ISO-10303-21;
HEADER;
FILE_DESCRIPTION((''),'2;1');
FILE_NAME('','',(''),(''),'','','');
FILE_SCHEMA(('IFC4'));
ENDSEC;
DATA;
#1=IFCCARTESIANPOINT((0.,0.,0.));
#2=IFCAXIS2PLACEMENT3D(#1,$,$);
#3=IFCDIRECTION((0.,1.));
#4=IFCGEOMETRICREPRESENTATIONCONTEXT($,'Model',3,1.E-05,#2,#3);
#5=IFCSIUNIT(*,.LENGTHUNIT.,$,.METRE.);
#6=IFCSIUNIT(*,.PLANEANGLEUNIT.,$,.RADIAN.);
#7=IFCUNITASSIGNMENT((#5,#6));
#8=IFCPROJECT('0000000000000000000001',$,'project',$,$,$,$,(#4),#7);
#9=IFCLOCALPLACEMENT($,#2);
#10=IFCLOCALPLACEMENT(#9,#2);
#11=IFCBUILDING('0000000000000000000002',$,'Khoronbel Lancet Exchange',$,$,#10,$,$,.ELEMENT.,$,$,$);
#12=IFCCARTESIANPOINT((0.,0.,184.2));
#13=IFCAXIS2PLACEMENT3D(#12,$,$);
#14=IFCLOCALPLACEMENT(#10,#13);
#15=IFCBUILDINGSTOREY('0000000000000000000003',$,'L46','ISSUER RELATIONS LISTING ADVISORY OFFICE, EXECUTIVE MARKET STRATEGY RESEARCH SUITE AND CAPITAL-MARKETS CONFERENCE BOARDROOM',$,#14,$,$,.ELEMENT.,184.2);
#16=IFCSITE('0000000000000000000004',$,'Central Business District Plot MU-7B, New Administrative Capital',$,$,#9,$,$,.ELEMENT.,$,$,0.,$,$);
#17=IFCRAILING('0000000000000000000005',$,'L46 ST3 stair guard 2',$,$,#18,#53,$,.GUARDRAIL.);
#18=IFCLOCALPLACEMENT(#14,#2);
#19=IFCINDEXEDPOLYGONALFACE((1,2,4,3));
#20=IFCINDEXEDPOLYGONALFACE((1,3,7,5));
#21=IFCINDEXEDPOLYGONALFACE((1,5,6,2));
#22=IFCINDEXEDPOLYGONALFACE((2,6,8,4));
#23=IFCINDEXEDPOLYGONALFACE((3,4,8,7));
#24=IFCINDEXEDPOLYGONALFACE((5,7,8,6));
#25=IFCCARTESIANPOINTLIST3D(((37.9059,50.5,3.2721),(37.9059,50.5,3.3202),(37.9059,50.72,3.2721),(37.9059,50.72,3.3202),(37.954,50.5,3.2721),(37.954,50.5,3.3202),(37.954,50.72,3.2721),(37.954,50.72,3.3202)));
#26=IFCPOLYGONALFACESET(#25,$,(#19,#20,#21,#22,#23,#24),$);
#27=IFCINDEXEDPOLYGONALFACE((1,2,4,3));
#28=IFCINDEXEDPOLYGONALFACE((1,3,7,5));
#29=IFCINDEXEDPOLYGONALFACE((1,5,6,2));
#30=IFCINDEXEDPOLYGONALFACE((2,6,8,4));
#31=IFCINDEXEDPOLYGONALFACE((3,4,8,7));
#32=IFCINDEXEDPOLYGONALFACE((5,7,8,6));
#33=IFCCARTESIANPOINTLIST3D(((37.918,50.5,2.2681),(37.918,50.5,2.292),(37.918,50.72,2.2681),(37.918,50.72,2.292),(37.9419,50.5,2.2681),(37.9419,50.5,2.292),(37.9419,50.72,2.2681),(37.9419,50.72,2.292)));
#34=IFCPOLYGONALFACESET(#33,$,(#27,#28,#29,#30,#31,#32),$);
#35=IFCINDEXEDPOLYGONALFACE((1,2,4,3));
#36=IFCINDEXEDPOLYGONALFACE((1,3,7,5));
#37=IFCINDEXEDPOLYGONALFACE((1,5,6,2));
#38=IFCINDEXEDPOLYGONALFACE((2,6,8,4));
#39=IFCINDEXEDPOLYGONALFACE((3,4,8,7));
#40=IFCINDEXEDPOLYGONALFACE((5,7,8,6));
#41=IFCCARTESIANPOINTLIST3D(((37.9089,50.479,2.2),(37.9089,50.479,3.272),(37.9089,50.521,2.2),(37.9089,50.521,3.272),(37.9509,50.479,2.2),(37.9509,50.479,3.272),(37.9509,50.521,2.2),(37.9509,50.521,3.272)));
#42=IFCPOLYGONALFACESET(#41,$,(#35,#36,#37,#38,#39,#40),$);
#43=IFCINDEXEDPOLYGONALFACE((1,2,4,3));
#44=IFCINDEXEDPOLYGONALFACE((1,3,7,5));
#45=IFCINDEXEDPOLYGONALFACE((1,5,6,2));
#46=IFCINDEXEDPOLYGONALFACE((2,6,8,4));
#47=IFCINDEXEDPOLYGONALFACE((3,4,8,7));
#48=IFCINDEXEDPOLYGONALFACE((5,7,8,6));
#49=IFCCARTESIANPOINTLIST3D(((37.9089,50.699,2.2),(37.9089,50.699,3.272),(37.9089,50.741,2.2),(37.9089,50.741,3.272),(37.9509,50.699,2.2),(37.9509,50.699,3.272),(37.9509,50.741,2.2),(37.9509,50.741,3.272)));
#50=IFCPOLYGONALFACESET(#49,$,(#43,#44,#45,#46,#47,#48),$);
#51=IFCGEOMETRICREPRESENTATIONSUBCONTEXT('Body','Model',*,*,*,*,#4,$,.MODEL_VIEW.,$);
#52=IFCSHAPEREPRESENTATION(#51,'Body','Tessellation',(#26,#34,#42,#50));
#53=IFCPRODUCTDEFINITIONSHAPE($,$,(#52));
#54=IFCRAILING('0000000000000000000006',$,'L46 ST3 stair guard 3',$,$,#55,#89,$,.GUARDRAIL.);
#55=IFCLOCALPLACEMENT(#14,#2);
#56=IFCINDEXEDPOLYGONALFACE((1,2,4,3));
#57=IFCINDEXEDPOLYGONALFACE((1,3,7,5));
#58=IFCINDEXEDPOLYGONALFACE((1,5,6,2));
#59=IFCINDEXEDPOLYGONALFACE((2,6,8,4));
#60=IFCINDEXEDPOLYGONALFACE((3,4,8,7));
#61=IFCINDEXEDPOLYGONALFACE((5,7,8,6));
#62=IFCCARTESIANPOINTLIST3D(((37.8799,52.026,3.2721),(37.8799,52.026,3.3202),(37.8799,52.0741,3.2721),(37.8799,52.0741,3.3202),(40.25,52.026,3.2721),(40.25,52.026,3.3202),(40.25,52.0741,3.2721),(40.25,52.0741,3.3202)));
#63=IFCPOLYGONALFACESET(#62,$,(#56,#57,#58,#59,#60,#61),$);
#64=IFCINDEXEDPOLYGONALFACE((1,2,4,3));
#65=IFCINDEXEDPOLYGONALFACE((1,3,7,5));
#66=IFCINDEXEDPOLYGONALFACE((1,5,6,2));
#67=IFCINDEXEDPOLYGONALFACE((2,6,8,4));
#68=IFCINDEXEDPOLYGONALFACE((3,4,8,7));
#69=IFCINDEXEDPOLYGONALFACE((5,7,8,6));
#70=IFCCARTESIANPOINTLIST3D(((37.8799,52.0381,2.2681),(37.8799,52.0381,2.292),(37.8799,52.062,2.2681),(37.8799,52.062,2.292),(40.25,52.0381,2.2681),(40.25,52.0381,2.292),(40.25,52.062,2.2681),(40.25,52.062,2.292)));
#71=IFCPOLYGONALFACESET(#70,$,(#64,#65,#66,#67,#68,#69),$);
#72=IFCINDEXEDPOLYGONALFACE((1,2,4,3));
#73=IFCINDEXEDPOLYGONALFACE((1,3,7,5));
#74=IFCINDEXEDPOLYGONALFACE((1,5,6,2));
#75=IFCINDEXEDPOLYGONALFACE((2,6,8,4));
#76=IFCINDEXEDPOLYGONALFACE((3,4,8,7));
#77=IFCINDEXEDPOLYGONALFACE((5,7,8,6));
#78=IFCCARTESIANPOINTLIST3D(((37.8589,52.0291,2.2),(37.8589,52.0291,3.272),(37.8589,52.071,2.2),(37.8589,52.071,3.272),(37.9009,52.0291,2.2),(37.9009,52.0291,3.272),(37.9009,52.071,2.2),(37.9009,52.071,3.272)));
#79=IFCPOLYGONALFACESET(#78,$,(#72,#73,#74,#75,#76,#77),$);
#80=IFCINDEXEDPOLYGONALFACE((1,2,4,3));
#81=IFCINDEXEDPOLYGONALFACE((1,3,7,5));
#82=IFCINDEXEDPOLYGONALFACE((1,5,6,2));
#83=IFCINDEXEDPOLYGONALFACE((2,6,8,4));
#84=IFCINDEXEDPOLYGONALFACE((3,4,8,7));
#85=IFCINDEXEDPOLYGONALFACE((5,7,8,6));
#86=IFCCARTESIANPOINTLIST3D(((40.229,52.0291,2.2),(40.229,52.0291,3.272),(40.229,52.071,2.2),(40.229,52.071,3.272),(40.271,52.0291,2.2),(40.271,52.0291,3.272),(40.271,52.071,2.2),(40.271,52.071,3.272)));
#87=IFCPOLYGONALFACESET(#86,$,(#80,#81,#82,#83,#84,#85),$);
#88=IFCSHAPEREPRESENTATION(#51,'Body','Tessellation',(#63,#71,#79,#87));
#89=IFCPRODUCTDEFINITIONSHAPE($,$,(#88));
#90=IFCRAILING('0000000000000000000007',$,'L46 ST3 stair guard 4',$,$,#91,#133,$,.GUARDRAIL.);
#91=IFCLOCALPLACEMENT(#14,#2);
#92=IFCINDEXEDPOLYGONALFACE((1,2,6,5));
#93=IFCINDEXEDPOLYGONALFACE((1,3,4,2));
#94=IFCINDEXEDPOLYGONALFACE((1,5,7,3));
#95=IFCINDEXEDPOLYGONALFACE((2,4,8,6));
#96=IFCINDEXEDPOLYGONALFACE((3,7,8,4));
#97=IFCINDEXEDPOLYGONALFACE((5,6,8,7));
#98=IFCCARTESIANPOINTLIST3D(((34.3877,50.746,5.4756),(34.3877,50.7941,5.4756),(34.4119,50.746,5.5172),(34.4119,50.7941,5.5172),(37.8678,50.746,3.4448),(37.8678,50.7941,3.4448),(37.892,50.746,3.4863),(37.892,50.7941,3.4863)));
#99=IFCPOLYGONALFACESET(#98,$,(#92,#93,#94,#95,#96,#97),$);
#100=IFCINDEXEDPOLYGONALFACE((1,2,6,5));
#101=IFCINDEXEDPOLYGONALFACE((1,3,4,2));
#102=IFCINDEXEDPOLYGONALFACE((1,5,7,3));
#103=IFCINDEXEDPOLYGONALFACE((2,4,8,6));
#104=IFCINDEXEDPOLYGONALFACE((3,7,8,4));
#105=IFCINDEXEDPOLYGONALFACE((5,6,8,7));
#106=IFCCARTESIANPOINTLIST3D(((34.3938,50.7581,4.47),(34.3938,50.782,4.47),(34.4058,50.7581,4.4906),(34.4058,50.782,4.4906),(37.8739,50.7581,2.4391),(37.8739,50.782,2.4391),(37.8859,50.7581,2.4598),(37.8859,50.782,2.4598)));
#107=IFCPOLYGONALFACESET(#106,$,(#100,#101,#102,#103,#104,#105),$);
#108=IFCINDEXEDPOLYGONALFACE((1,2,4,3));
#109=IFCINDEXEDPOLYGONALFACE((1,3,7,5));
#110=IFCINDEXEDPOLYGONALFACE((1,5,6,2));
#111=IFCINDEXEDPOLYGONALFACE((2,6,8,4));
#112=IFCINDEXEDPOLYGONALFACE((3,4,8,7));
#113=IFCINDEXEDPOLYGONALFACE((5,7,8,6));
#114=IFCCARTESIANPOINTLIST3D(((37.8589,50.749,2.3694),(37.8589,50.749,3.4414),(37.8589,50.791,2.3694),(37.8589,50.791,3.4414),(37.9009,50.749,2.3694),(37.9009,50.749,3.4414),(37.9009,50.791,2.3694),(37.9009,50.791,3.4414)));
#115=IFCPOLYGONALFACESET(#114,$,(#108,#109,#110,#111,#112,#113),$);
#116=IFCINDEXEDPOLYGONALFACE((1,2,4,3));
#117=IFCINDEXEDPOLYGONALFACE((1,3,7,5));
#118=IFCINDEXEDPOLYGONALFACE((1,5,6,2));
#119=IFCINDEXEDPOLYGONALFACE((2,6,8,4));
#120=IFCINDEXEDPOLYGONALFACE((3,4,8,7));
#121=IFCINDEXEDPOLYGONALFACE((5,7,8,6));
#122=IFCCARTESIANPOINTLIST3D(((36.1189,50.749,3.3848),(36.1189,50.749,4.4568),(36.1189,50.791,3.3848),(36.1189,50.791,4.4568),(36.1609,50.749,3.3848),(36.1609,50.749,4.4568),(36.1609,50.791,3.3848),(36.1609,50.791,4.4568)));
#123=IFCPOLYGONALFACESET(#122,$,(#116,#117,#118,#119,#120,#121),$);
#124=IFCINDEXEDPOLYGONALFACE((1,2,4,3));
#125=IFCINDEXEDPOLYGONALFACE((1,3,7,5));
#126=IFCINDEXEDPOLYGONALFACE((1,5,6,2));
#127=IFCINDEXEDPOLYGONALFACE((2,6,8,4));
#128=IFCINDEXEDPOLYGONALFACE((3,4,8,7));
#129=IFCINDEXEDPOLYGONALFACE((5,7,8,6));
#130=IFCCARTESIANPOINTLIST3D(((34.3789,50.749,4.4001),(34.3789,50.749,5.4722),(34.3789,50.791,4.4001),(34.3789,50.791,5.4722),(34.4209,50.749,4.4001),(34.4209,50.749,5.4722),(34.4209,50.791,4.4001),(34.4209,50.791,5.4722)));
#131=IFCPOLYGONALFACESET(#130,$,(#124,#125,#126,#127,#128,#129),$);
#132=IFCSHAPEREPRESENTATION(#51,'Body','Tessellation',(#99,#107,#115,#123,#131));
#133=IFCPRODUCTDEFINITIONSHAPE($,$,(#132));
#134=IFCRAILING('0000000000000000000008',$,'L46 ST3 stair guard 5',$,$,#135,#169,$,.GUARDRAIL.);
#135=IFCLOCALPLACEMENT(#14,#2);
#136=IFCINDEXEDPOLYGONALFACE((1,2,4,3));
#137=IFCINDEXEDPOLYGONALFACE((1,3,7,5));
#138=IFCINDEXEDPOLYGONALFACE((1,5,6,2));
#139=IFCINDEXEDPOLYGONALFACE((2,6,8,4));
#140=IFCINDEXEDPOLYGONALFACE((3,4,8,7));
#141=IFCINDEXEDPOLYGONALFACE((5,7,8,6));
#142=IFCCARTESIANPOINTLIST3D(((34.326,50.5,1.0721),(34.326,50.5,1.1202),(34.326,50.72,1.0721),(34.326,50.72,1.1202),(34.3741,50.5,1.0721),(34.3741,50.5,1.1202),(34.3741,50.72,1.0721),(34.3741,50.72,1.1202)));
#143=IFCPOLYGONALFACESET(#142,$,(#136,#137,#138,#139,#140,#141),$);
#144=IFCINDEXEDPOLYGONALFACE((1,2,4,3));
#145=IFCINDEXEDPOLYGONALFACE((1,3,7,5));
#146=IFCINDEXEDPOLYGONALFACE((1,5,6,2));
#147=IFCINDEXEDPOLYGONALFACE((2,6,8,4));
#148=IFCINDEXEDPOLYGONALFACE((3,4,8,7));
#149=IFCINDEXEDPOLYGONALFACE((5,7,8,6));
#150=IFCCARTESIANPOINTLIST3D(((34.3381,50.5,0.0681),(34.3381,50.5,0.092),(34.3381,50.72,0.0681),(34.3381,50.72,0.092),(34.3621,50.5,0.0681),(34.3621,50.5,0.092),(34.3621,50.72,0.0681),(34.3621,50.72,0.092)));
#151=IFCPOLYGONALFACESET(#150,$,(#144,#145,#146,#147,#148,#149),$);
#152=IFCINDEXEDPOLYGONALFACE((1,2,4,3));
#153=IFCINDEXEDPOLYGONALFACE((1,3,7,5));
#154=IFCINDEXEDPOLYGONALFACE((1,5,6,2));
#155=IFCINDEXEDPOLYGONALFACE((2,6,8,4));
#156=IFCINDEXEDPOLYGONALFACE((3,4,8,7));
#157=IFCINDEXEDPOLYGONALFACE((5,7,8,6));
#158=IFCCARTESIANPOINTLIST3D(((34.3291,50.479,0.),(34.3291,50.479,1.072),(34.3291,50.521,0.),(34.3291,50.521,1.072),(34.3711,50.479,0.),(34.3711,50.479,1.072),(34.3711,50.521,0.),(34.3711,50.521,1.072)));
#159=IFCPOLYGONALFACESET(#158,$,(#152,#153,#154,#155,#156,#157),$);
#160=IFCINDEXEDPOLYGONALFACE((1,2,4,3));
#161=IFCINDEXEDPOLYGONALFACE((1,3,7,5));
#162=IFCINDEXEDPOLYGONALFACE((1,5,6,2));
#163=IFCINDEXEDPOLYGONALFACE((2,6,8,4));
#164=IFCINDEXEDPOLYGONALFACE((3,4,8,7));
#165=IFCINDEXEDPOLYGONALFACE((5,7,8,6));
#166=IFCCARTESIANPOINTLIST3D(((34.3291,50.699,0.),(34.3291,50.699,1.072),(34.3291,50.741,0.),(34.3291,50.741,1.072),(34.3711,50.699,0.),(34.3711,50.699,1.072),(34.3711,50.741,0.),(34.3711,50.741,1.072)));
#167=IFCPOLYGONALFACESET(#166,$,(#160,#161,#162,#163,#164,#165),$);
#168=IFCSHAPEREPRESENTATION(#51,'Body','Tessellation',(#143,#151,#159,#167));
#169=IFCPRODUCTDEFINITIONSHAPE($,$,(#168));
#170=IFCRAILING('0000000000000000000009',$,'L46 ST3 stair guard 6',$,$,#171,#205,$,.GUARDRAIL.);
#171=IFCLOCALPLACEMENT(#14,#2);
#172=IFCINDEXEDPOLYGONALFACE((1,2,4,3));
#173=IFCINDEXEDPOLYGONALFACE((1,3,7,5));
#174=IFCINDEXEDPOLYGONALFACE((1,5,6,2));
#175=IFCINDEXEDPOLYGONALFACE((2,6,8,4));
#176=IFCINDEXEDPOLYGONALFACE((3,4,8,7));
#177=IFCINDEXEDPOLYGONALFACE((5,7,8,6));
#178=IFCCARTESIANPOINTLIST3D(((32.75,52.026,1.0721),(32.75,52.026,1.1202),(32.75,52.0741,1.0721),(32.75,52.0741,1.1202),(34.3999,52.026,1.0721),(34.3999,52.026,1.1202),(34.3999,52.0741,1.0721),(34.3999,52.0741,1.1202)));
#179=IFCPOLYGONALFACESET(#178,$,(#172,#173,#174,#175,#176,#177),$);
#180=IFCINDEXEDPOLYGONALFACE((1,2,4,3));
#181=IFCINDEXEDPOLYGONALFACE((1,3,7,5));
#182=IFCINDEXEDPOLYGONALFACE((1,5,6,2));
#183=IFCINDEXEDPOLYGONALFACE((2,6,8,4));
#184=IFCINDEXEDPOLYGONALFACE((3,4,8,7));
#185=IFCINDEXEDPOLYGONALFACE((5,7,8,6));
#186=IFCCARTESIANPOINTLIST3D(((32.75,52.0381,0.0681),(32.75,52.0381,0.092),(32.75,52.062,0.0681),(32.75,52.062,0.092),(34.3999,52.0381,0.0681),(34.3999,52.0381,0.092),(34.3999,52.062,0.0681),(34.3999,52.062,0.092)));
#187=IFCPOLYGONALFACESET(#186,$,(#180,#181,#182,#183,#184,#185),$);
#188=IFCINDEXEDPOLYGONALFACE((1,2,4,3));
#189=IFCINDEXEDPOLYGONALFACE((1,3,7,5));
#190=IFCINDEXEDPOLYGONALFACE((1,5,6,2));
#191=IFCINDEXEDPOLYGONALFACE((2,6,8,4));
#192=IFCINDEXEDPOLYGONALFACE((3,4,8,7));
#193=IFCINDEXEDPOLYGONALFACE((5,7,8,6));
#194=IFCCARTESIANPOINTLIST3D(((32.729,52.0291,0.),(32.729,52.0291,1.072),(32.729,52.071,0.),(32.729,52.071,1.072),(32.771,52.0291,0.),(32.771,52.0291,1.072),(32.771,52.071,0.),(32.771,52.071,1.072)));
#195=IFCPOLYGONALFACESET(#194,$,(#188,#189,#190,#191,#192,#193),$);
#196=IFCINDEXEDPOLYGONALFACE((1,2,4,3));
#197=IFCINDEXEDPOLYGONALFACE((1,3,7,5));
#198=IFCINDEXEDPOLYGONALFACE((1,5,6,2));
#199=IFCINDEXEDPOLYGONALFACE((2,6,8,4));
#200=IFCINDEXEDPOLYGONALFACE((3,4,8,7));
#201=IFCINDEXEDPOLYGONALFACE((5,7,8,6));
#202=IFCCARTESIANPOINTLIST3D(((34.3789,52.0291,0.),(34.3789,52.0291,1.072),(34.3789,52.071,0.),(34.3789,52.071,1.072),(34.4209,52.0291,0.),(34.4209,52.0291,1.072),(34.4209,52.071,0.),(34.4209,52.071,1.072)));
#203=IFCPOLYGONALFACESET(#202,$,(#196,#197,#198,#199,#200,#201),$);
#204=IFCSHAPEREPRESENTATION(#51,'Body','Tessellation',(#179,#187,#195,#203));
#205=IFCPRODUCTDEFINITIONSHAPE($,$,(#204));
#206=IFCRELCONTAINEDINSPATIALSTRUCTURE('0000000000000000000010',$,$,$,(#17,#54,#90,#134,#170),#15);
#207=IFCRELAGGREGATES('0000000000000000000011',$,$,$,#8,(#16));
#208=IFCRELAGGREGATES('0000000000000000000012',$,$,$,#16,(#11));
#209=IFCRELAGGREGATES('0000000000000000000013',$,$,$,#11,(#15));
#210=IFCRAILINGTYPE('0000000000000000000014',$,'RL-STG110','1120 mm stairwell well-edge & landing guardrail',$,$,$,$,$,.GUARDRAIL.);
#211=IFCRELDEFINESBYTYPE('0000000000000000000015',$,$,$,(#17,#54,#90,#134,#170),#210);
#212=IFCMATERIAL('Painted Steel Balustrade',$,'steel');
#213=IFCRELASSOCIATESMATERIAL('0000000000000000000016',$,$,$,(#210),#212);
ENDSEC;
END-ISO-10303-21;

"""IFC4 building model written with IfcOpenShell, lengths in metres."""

from ifc_helpers import new_model, si_unit, direction, frame, origin, origin_2d, place, context, subcontext, project, spatial, rectangle, extrude, material, type_object, element, save


model = new_model("IFC4")

# Units and contexts
model_context = context("Model", 3, precision=1e-05, world=origin(), true_north=direction((0.0, 1.0)))
body_context = subcontext(model_context, "Body", "Model", "MODEL_VIEW")
ifc_project = project(units=[si_unit("LENGTHUNIT", "METRE"), si_unit("PLANEANGLEUNIT", "RADIAN")], contexts=[model_context])

# Site, building, storey
site_placement = place(None, origin())
site = spatial("IfcSite", under=ifc_project, at=site_placement, Name="Central Business District Plot MU-7B, New Administrative Capital", CompositionType="ELEMENT", RefElevation=0.0)
building_placement = place(site_placement, origin())
building = spatial("IfcBuilding", under=site, at=building_placement, Name="Khoronbel Lancet Exchange", CompositionType="ELEMENT")
storey_placement = place(building_placement, frame((0.0, 0.0, 184.2)))
storey = spatial("IfcBuildingStorey", under=building, at=storey_placement, Name="L46", Description="ISSUER RELATIONS LISTING ADVISORY OFFICE, EXECUTIVE MARKET STRATEGY RESEARCH SUITE AND CAPITAL-MARKETS CONFERENCE BOARDROOM", CompositionType="ELEMENT", Elevation=184.2)

# Railings
ifc_material_1 = material(Name="Painted Steel Balustrade", Category="steel")
railing_type_1 = type_object("IfcRailingType", Name="RL-STG110", Description="1120 mm stairwell well-edge & landing guardrail", PredefinedType="GUARDRAIL", material=ifc_material_1)
railing_1_placement = place(storey_placement, frame((37.9299, 50.5, 2.2)))
element("IfcRailing", 1, at=railing_1_placement, inside=storey, type_object=railing_type_1, Name="L46 ST3 stair guard 2", PredefinedType="GUARDRAIL", context=body_context, shape_type="SweptSolid", body=[
    extrude(rectangle(XDim=0.0481, YDim=0.0481, at=origin_2d()), frame((0.0, 0.0, 1.0962), z_axis=(0.0, 1.0, 0.0), x_axis=(-1.0, 0.0, 0.0)), (0.0, 0.0, 1.0), 0.22),
    extrude(rectangle(XDim=0.0239, YDim=0.0239, at=origin_2d()), frame((0.0, 0.0, 0.0801), z_axis=(0.0, 1.0, 0.0), x_axis=(-1.0, 0.0, 0.0)), (0.0, 0.0, 1.0), 0.22),
    extrude(rectangle(XDim=0.042, YDim=0.042, at=origin_2d()), origin(), (0.0, 0.0, 1.0), 1.072),
    extrude(rectangle(XDim=0.042, YDim=0.042, at=origin_2d()), frame((0.0, 0.22, 0.0)), (0.0, 0.0, 1.0), 1.072),
])
railing_2_placement = place(storey_placement, frame((37.8799, 52.05, 2.2)))
element("IfcRailing", 2, at=railing_2_placement, inside=storey, type_object=railing_type_1, Name="L46 ST3 stair guard 3", PredefinedType="GUARDRAIL", context=body_context, shape_type="SweptSolid", body=[
    extrude(rectangle(XDim=0.0481, YDim=0.0481, at=origin_2d()), frame((0.0, 0.0, 1.0962), z_axis=(1.0, 0.0, 0.0), x_axis=(0.0, 1.0, 0.0)), (0.0, 0.0, 1.0), 2.3701),
    extrude(rectangle(XDim=0.0239, YDim=0.0239, at=origin_2d()), frame((0.0, 0.0, 0.0801), z_axis=(1.0, 0.0, 0.0), x_axis=(0.0, 1.0, 0.0)), (0.0, 0.0, 1.0), 2.3701),
    extrude(rectangle(XDim=0.042, YDim=0.042, at=origin_2d()), origin(), (0.0, 0.0, 1.0), 1.072),
    extrude(rectangle(XDim=0.042, YDim=0.042, at=origin_2d()), frame((2.3701, 0.0, 0.0)), (0.0, 0.0, 1.0), 1.072),
])
railing_3_placement = place(storey_placement, frame((37.8799, 50.77, 2.3694)))
element("IfcRailing", 3, at=railing_3_placement, inside=storey, type_object=railing_type_1, Name="L46 ST3 stair guard 4", PredefinedType="GUARDRAIL", context=body_context, shape_type="SweptSolid", body=[
    extrude(rectangle(XDim=0.0481, YDim=0.0481, at=origin_2d()), frame((0.0, 0.0, 1.0962), z_axis=(-0.863695, 0.0, 0.504014), x_axis=(0.0, -1.0, 0.0)), (0.0, 0.0, 1.0), 4.0293),
    extrude(rectangle(XDim=0.0239, YDim=0.0239, at=origin_2d()), frame((0.0, 0.0, 0.0801), z_axis=(-0.863695, 0.0, 0.504014), x_axis=(0.0, -1.0, 0.0)), (0.0, 0.0, 1.0), 4.0293),
    extrude(rectangle(XDim=0.042, YDim=0.042, at=origin_2d()), origin(), (0.0, 0.0, 1.0), 1.072),
    extrude(rectangle(XDim=0.042, YDim=0.042, at=origin_2d()), frame((-1.74, 0.0, 1.0154)), (0.0, 0.0, 1.0), 1.072),
    extrude(rectangle(XDim=0.042, YDim=0.042, at=origin_2d()), frame((-3.48, 0.0, 2.0308)), (0.0, 0.0, 1.0), 1.072),
])
railing_4_placement = place(storey_placement, frame((34.3501, 50.5, 0.0)))
element("IfcRailing", 4, at=railing_4_placement, inside=storey, type_object=railing_type_1, Name="L46 ST3 stair guard 5", PredefinedType="GUARDRAIL", context=body_context, shape_type="SweptSolid", body=[
    extrude(rectangle(XDim=0.0481, YDim=0.0481, at=origin_2d()), frame((0.0, 0.0, 1.0962), z_axis=(0.0, 1.0, 0.0), x_axis=(-1.0, 0.0, 0.0)), (0.0, 0.0, 1.0), 0.22),
    extrude(rectangle(XDim=0.0239, YDim=0.0239, at=origin_2d()), frame((0.0, 0.0, 0.0801), z_axis=(0.0, 1.0, 0.0), x_axis=(-1.0, 0.0, 0.0)), (0.0, 0.0, 1.0), 0.22),
    extrude(rectangle(XDim=0.042, YDim=0.042, at=origin_2d()), origin(), (0.0, 0.0, 1.0), 1.072),
    extrude(rectangle(XDim=0.042, YDim=0.042, at=origin_2d()), frame((0.0, 0.22, 0.0)), (0.0, 0.0, 1.0), 1.072),
])
railing_5_placement = place(storey_placement, frame((32.75, 52.05, 0.0)))
element("IfcRailing", 5, at=railing_5_placement, inside=storey, type_object=railing_type_1, Name="L46 ST3 stair guard 6", PredefinedType="GUARDRAIL", context=body_context, shape_type="SweptSolid", body=[
    extrude(rectangle(XDim=0.0481, YDim=0.0481, at=origin_2d()), frame((0.0, 0.0, 1.0962), z_axis=(1.0, 0.0, 0.0), x_axis=(0.0, 1.0, 0.0)), (0.0, 0.0, 1.0), 1.6499),
    extrude(rectangle(XDim=0.0239, YDim=0.0239, at=origin_2d()), frame((0.0, 0.0, 0.0801), z_axis=(1.0, 0.0, 0.0), x_axis=(0.0, 1.0, 0.0)), (0.0, 0.0, 1.0), 1.6499),
    extrude(rectangle(XDim=0.042, YDim=0.042, at=origin_2d()), origin(), (0.0, 0.0, 1.0), 1.072),
    extrude(rectangle(XDim=0.042, YDim=0.042, at=origin_2d()), frame((1.6499, 0.0, 0.0)), (0.0, 0.0, 1.0), 1.072),
])

save(model, "model.ifc")
